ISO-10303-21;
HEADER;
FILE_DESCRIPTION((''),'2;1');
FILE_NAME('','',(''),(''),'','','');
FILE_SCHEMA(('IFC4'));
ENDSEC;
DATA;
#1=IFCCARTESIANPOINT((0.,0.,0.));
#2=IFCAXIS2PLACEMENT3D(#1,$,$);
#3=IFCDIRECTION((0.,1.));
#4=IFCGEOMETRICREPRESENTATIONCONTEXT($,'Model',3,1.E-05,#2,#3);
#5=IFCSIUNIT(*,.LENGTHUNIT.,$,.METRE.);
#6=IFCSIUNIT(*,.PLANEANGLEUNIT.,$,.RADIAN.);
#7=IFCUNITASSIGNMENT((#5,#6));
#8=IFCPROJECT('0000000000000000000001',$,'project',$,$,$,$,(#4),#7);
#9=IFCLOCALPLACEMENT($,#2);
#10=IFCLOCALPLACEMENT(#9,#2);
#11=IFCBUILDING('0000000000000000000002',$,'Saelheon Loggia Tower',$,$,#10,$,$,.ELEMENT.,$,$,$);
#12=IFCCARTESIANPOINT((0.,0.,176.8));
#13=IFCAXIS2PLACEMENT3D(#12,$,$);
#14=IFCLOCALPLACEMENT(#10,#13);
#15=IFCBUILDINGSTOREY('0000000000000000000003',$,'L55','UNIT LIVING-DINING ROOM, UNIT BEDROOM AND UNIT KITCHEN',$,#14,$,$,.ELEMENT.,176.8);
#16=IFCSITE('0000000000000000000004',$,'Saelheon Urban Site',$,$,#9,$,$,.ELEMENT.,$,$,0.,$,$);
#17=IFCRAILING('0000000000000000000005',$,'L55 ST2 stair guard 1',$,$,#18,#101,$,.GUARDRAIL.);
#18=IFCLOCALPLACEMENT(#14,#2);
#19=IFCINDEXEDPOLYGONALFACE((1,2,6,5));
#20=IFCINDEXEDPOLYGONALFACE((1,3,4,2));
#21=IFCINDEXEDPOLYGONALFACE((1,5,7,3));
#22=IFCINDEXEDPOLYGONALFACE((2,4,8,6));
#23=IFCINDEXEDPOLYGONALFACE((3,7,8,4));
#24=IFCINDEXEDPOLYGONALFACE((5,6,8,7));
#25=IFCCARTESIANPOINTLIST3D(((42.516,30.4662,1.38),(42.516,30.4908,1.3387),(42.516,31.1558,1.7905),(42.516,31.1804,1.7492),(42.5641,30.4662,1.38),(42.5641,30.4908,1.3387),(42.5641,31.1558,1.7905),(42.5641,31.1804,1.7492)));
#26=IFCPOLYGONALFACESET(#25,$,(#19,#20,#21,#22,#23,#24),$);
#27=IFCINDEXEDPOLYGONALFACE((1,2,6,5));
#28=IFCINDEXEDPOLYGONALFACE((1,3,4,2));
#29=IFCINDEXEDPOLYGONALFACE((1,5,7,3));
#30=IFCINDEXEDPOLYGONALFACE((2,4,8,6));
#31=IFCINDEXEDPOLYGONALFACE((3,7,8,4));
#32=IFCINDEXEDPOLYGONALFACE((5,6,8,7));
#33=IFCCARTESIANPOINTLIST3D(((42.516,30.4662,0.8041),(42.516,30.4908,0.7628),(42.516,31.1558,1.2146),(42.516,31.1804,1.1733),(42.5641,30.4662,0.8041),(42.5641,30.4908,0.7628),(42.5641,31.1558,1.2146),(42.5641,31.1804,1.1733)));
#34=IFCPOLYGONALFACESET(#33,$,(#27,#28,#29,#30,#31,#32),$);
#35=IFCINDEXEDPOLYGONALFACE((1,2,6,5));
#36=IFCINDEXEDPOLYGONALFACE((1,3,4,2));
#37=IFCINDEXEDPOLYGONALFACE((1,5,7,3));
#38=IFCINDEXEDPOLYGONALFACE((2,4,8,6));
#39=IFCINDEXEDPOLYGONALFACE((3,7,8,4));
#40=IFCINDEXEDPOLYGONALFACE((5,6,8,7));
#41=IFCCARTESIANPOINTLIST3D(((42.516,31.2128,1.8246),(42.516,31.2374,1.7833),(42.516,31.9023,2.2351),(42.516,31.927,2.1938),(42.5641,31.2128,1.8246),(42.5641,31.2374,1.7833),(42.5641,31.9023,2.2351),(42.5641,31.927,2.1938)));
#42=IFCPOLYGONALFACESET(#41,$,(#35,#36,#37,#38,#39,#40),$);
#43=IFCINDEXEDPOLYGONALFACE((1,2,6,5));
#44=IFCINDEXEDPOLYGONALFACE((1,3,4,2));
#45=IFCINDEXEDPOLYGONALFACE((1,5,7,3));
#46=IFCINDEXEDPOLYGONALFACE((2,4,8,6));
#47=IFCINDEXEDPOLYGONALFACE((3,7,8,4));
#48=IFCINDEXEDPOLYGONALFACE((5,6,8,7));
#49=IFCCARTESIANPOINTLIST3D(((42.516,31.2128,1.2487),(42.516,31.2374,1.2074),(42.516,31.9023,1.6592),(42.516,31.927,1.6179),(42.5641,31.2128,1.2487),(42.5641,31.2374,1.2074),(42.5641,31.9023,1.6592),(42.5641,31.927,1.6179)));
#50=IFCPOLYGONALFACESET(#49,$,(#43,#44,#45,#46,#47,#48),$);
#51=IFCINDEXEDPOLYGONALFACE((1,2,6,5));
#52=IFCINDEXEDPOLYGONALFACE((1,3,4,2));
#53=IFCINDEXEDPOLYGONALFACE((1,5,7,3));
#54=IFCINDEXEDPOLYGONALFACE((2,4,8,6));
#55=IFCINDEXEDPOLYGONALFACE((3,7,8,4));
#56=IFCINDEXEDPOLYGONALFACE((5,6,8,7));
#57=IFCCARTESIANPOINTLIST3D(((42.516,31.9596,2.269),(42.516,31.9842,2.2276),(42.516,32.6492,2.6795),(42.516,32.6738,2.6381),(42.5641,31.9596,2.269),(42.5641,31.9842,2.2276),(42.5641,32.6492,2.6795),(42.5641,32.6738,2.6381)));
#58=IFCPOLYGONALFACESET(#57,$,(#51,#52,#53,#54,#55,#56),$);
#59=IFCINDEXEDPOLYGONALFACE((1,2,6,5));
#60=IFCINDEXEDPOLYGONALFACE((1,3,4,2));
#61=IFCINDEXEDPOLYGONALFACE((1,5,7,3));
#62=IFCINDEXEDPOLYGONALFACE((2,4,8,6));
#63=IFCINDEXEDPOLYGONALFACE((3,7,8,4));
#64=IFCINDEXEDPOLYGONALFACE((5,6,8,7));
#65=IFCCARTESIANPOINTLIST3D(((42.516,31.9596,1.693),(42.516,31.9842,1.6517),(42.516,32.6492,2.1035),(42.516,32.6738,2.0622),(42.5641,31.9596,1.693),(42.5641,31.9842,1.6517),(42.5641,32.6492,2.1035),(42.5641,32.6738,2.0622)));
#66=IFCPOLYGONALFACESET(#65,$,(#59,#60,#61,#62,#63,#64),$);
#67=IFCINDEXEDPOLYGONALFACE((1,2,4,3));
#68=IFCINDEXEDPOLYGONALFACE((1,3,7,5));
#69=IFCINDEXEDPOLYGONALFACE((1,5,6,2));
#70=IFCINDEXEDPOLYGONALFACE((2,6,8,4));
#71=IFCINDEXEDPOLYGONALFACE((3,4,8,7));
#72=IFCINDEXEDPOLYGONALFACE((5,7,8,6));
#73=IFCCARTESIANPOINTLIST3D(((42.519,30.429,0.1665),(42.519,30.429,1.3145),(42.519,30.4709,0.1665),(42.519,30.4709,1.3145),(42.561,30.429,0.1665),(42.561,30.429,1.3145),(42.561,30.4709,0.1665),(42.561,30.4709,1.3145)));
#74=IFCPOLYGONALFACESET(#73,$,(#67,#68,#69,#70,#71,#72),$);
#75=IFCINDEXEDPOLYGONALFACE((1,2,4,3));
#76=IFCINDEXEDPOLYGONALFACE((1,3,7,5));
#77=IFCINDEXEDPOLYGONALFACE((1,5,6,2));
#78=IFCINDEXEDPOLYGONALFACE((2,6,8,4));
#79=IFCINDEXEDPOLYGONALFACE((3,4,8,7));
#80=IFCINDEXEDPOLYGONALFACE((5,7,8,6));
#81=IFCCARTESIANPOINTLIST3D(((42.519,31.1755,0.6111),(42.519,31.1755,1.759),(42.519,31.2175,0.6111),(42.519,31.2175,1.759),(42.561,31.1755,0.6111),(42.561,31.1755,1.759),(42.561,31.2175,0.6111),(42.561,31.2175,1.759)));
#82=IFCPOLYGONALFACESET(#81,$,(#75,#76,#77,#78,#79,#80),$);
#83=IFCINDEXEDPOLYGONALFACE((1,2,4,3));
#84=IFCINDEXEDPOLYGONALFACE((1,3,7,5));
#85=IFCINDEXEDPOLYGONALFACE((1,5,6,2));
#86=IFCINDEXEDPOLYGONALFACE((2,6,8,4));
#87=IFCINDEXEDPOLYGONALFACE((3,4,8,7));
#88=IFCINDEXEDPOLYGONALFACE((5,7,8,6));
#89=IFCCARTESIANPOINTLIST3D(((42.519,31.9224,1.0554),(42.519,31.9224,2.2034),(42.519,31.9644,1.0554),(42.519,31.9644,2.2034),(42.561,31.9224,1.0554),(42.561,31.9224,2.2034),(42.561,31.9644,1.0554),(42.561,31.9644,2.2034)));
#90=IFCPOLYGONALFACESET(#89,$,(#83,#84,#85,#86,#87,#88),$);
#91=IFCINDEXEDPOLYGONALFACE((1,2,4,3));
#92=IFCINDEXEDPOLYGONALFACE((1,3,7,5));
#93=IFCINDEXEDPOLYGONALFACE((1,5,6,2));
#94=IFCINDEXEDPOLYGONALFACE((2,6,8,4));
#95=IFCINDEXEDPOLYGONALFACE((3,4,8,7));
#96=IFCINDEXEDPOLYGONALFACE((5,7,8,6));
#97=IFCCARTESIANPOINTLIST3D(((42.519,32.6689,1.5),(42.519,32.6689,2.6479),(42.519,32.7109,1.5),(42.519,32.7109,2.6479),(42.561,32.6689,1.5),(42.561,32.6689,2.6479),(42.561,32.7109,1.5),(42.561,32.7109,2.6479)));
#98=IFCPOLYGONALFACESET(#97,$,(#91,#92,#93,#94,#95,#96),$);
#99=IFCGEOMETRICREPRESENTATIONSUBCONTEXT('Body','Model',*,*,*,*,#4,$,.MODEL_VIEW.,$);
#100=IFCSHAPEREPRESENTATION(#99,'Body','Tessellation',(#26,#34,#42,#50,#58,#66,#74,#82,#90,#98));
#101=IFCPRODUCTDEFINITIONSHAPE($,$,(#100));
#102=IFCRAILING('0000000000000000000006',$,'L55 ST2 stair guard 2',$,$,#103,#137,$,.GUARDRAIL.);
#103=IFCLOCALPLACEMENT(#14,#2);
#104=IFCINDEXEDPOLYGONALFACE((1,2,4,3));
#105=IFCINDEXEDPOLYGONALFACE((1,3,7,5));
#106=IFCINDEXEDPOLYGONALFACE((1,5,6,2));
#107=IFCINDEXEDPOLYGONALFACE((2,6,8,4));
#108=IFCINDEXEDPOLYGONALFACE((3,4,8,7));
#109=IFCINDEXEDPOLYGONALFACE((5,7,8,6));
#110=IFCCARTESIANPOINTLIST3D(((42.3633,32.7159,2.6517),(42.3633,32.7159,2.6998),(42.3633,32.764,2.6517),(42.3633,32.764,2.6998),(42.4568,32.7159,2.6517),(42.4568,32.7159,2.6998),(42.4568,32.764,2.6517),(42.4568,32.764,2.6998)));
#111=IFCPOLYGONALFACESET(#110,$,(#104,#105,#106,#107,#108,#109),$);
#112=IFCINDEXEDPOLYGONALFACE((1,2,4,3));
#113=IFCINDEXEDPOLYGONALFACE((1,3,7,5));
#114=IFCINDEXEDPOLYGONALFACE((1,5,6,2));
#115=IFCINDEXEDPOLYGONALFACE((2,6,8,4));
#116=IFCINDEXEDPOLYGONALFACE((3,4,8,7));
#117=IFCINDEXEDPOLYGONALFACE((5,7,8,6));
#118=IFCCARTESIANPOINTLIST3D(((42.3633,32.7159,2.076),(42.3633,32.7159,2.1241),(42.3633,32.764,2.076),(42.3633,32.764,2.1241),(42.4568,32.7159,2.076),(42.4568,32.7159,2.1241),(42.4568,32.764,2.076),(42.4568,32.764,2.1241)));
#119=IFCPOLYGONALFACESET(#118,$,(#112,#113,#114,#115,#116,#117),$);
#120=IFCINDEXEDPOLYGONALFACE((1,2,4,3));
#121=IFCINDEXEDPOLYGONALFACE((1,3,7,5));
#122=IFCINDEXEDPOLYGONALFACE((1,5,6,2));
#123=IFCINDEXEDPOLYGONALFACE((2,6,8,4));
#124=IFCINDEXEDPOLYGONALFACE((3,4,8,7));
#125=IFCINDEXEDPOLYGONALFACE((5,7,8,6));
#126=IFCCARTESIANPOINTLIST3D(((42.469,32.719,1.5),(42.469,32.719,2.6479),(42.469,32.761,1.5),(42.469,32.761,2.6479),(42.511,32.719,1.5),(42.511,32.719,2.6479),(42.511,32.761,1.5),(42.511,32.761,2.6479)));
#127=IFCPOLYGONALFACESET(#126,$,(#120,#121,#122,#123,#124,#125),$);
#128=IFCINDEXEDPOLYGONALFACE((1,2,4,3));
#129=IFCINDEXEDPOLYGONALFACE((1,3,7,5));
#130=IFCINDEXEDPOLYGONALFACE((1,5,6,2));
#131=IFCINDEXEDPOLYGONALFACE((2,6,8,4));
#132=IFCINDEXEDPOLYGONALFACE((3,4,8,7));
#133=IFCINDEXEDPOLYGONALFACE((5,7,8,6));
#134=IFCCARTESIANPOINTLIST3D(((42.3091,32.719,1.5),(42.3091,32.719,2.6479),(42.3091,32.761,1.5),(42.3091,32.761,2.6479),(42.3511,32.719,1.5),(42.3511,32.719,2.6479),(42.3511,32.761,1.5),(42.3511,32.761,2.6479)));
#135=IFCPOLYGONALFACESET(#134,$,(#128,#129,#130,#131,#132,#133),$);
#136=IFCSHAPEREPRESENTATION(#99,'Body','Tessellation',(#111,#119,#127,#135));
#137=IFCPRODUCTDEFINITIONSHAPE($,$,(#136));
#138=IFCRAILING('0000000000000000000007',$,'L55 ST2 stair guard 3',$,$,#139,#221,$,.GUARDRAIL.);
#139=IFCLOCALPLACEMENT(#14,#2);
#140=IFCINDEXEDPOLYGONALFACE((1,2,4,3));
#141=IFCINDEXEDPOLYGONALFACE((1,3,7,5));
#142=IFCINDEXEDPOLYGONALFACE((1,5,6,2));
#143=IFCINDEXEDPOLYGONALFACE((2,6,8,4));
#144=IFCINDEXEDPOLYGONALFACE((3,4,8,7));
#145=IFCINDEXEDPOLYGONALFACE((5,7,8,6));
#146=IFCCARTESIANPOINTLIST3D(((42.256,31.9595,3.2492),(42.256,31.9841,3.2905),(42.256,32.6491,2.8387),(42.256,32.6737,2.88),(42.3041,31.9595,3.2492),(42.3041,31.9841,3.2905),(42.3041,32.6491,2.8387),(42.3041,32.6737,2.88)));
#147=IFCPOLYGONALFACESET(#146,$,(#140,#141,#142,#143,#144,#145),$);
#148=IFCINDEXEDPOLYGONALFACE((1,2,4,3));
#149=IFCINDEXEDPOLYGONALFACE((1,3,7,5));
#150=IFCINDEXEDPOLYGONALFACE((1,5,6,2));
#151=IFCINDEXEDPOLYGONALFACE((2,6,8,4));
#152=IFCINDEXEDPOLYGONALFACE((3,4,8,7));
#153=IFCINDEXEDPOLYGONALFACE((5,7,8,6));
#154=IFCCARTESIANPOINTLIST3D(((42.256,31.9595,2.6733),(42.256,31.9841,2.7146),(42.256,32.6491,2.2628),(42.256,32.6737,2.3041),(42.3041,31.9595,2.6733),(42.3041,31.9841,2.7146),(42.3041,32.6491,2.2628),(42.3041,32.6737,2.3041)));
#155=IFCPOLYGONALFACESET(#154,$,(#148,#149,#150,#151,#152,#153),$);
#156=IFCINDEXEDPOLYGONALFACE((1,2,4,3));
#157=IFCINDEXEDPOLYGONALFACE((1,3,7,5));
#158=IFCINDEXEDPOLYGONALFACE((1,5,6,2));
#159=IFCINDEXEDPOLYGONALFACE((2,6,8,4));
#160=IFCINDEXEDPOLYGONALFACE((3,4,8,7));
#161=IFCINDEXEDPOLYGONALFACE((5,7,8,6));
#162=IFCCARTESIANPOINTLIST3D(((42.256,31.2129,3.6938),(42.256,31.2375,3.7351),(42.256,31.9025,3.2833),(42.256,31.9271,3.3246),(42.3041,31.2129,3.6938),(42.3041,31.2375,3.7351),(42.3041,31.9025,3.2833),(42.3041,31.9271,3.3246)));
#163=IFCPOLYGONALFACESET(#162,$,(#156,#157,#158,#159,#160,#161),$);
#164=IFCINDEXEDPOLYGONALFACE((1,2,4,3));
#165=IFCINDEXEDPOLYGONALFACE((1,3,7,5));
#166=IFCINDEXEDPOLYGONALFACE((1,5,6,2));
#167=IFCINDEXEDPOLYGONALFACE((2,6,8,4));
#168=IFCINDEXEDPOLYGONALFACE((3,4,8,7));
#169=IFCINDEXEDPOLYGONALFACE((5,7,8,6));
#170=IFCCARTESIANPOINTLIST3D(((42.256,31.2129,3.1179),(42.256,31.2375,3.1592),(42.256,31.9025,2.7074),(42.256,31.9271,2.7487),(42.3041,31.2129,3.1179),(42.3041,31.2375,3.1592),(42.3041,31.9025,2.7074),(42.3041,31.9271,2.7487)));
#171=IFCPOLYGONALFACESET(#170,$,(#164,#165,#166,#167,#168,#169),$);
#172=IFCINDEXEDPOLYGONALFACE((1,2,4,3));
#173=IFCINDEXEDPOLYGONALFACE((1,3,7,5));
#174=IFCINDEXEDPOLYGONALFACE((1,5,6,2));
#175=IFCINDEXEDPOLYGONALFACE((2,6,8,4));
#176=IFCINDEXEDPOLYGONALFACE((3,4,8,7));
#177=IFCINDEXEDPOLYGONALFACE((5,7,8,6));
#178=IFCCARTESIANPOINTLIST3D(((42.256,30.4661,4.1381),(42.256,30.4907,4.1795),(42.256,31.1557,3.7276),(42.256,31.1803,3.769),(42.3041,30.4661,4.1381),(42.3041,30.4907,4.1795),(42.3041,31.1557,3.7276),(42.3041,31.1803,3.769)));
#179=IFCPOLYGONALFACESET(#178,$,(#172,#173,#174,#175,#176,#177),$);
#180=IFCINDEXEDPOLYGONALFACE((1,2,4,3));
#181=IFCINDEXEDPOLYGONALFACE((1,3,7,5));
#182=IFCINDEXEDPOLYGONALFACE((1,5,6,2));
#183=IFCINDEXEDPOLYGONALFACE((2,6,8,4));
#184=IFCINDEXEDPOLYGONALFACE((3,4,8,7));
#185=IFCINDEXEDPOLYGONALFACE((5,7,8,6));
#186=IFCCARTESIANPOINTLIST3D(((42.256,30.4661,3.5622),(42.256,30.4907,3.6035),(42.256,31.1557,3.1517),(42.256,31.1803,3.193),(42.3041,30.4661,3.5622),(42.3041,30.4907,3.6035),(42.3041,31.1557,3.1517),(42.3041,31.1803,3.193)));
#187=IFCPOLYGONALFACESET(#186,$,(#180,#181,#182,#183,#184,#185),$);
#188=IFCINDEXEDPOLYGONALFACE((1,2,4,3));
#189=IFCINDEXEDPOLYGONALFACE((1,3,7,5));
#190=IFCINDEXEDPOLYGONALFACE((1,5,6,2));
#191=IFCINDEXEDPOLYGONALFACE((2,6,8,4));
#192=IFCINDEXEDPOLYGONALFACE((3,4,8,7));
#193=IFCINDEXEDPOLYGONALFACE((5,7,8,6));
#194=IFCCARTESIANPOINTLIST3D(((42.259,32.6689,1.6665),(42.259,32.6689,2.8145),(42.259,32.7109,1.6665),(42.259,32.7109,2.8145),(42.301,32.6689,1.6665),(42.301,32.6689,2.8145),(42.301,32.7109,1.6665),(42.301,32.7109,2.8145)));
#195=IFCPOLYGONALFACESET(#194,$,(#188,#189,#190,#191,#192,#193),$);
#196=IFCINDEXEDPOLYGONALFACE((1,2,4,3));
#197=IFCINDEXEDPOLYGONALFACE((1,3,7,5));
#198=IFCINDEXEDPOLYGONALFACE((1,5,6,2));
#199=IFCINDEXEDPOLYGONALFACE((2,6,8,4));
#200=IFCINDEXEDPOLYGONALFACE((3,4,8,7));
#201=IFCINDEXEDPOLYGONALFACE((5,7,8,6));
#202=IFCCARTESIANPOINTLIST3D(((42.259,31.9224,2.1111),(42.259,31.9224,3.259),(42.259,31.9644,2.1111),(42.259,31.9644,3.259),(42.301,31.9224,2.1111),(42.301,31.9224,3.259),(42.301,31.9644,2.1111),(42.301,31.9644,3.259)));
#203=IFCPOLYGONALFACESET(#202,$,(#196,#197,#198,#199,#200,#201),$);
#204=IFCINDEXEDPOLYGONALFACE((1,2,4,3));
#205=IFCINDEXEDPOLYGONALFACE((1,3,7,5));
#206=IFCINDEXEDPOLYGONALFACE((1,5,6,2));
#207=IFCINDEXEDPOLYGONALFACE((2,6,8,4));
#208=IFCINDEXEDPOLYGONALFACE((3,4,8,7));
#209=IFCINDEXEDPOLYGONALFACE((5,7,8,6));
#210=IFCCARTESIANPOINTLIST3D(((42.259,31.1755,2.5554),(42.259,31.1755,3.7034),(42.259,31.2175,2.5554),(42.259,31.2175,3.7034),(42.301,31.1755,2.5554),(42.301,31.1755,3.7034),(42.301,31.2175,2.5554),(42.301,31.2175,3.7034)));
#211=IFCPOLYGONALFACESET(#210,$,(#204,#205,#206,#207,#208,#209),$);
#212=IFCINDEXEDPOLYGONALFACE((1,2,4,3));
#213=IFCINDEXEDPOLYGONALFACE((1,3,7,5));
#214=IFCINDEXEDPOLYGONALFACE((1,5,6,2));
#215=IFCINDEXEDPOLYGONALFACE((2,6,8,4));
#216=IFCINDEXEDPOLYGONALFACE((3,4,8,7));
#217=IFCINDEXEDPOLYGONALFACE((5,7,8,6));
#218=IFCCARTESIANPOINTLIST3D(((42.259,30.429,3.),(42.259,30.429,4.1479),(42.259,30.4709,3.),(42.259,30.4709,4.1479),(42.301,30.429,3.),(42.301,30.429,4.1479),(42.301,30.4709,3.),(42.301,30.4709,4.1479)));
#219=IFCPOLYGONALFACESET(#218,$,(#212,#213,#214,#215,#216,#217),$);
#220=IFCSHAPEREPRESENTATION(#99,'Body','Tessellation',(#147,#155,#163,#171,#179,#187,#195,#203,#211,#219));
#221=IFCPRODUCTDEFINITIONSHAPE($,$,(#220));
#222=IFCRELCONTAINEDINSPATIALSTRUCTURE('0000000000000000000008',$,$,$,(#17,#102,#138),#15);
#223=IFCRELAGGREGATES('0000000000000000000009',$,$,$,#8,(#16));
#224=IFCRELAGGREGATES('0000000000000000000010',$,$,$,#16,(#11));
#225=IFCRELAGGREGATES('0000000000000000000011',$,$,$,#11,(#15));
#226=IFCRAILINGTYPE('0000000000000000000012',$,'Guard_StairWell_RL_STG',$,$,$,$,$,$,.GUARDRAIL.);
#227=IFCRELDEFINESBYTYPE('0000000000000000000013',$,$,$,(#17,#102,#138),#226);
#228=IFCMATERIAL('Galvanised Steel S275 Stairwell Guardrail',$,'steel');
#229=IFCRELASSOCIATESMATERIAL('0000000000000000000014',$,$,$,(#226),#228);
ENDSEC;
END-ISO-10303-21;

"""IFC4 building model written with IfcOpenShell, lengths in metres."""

from ifc_helpers import new_model, si_unit, direction, frame, origin, origin_2d, place, context, subcontext, project, spatial, rectangle, extrude, material, type_object, element, save


model = new_model("IFC4")

# Units and contexts
model_context = context("Model", 3, precision=1e-05, world=origin(), true_north=direction((0.0, 1.0)))
body_context = subcontext(model_context, "Body", "Model", "MODEL_VIEW")
ifc_project = project(units=[si_unit("LENGTHUNIT", "METRE"), si_unit("PLANEANGLEUNIT", "RADIAN")], contexts=[model_context])

# Site, building, storey
site_placement = place(None, origin())
site = spatial("IfcSite", under=ifc_project, at=site_placement, Name="Saelheon Urban Site", CompositionType="ELEMENT", RefElevation=0.0)
building_placement = place(site_placement, origin())
building = spatial("IfcBuilding", under=site, at=building_placement, Name="Saelheon Loggia Tower", CompositionType="ELEMENT")
storey_placement = place(building_placement, frame((0.0, 0.0, 176.8)))
storey = spatial("IfcBuildingStorey", under=building, at=storey_placement, Name="L55", Description="UNIT LIVING-DINING ROOM, UNIT BEDROOM AND UNIT KITCHEN", CompositionType="ELEMENT", Elevation=176.8)

# Railings
ifc_material_1 = material(Name="Galvanised Steel S275 Stairwell Guardrail", Category="steel")
railing_type_1 = type_object("IfcRailingType", Name="Guard_StairWell_RL_STG", PredefinedType="GUARDRAIL", material=ifc_material_1)
railing_1_placement = place(storey_placement, frame((42.54, 30.45, 0.1665)))
element("IfcRailing", 1, at=railing_1_placement, inside=storey, type_object=railing_type_1, Name="L55 ST2 stair guard 1", PredefinedType="GUARDRAIL", context=body_context, shape_type="SweptSolid", body=[
    extrude(rectangle(XDim=0.0481, YDim=0.0481, at=origin_2d()), frame((0.0, 0.0286, 1.1929), z_axis=(0.0, 0.859264, 0.511532), x_axis=(-1.0, 0.0, 0.0)), (0.0, 0.0, 1.0), 0.8025),
    extrude(rectangle(XDim=0.0481, YDim=0.0481, at=origin_2d()), frame((0.0, 0.0286, 0.6169), z_axis=(0.0, 0.859264, 0.511532), x_axis=(-1.0, 0.0, 0.0)), (0.0, 0.0, 1.0), 0.8025),
    extrude(rectangle(XDim=0.0481, YDim=0.0481, at=origin_2d()), frame((0.0, 0.7751, 1.6375), z_axis=(0.0, 0.859264, 0.511532), x_axis=(-1.0, 0.0, 0.0)), (0.0, 0.0, 1.0), 0.8025),
    extrude(rectangle(XDim=0.0481, YDim=0.0481, at=origin_2d()), frame((0.0, 0.7751, 1.0615), z_axis=(0.0, 0.859264, 0.511532), x_axis=(-1.0, 0.0, 0.0)), (0.0, 0.0, 1.0), 0.8025),
    extrude(rectangle(XDim=0.0481, YDim=0.0481, at=origin_2d()), frame((0.0, 1.522, 2.0818), z_axis=(0.0, 0.859264, 0.511532), x_axis=(-1.0, 0.0, 0.0)), (0.0, 0.0, 1.0), 0.8025),
    extrude(rectangle(XDim=0.0481, YDim=0.0481, at=origin_2d()), frame((0.0, 1.522, 1.5059), z_axis=(0.0, 0.859264, 0.511532), x_axis=(-1.0, 0.0, 0.0)), (0.0, 0.0, 1.0), 0.8025),
    extrude(rectangle(XDim=0.042, YDim=0.042, at=origin_2d()), origin(), (0.0, 0.0, 1.0), 1.1479),
    extrude(rectangle(XDim=0.042, YDim=0.042, at=origin_2d()), frame((0.0, 0.7466, 0.4446)), (0.0, 0.0, 1.0), 1.1479),
    extrude(rectangle(XDim=0.042, YDim=0.042, at=origin_2d()), frame((0.0, 1.4934, 0.8889)), (0.0, 0.0, 1.0), 1.1479),
    extrude(rectangle(XDim=0.042, YDim=0.042, at=origin_2d()), frame((0.0, 2.24, 1.3335)), (0.0, 0.0, 1.0), 1.1479),
])
railing_2_placement = place(storey_placement, frame((42.49, 32.74, 1.5)))
element("IfcRailing", 2, at=railing_2_placement, inside=storey, type_object=railing_type_1, Name="L55 ST2 stair guard 2", PredefinedType="GUARDRAIL", context=body_context, shape_type="SweptSolid", body=[
    extrude(rectangle(XDim=0.0481, YDim=0.0481, at=origin_2d()), frame((-0.0332, 0.0, 1.1758), z_axis=(-1.0, 0.0, 0.0), x_axis=(0.0, -1.0, 0.0)), (0.0, 0.0, 1.0), 0.0935),
    extrude(rectangle(XDim=0.0481, YDim=0.0481, at=origin_2d()), frame((-0.0332, 0.0, 0.6001), z_axis=(-1.0, 0.0, 0.0), x_axis=(0.0, -1.0, 0.0)), (0.0, 0.0, 1.0), 0.0935),
    extrude(rectangle(XDim=0.042, YDim=0.042, at=origin_2d()), origin(), (0.0, 0.0, 1.0), 1.1479),
    extrude(rectangle(XDim=0.042, YDim=0.042, at=origin_2d()), frame((-0.1599, 0.0, 0.0)), (0.0, 0.0, 1.0), 1.1479),
])
railing_3_placement = place(storey_placement, frame((42.28, 32.6899, 1.6665)))
element("IfcRailing", 3, at=railing_3_placement, inside=storey, type_object=railing_type_1, Name="L55 ST2 stair guard 3", PredefinedType="GUARDRAIL", context=body_context, shape_type="SweptSolid", body=[
    extrude(rectangle(XDim=0.0481, YDim=0.0481, at=origin_2d()), frame((0.0, -0.0286, 1.1929), z_axis=(0.0, -0.859264, 0.511532), x_axis=(1.0, 0.0, 0.0)), (0.0, 0.0, 1.0), 0.8025),
    extrude(rectangle(XDim=0.0481, YDim=0.0481, at=origin_2d()), frame((0.0, -0.0286, 0.6169), z_axis=(0.0, -0.859264, 0.511532), x_axis=(1.0, 0.0, 0.0)), (0.0, 0.0, 1.0), 0.8025),
    extrude(rectangle(XDim=0.0481, YDim=0.0481, at=origin_2d()), frame((0.0, -0.7751, 1.6375), z_axis=(0.0, -0.859264, 0.511532), x_axis=(1.0, 0.0, 0.0)), (0.0, 0.0, 1.0), 0.8025),
    extrude(rectangle(XDim=0.0481, YDim=0.0481, at=origin_2d()), frame((0.0, -0.7751, 1.0615), z_axis=(0.0, -0.859264, 0.511532), x_axis=(1.0, 0.0, 0.0)), (0.0, 0.0, 1.0), 0.8025),
    extrude(rectangle(XDim=0.0481, YDim=0.0481, at=origin_2d()), frame((0.0, -1.522, 2.0818), z_axis=(0.0, -0.859264, 0.511532), x_axis=(1.0, 0.0, 0.0)), (0.0, 0.0, 1.0), 0.8025),
    extrude(rectangle(XDim=0.0481, YDim=0.0481, at=origin_2d()), frame((0.0, -1.522, 1.5059), z_axis=(0.0, -0.859264, 0.511532), x_axis=(1.0, 0.0, 0.0)), (0.0, 0.0, 1.0), 0.8025),
    extrude(rectangle(XDim=0.042, YDim=0.042, at=origin_2d()), origin(), (0.0, 0.0, 1.0), 1.1479),
    extrude(rectangle(XDim=0.042, YDim=0.042, at=origin_2d()), frame((0.0, -0.7466, 0.4446)), (0.0, 0.0, 1.0), 1.1479),
    extrude(rectangle(XDim=0.042, YDim=0.042, at=origin_2d()), frame((0.0, -1.4934, 0.8889)), (0.0, 0.0, 1.0), 1.1479),
    extrude(rectangle(XDim=0.042, YDim=0.042, at=origin_2d()), frame((0.0, -2.24, 1.3335)), (0.0, 0.0, 1.0), 1.1479),
])

save(model, "model.ifc")
